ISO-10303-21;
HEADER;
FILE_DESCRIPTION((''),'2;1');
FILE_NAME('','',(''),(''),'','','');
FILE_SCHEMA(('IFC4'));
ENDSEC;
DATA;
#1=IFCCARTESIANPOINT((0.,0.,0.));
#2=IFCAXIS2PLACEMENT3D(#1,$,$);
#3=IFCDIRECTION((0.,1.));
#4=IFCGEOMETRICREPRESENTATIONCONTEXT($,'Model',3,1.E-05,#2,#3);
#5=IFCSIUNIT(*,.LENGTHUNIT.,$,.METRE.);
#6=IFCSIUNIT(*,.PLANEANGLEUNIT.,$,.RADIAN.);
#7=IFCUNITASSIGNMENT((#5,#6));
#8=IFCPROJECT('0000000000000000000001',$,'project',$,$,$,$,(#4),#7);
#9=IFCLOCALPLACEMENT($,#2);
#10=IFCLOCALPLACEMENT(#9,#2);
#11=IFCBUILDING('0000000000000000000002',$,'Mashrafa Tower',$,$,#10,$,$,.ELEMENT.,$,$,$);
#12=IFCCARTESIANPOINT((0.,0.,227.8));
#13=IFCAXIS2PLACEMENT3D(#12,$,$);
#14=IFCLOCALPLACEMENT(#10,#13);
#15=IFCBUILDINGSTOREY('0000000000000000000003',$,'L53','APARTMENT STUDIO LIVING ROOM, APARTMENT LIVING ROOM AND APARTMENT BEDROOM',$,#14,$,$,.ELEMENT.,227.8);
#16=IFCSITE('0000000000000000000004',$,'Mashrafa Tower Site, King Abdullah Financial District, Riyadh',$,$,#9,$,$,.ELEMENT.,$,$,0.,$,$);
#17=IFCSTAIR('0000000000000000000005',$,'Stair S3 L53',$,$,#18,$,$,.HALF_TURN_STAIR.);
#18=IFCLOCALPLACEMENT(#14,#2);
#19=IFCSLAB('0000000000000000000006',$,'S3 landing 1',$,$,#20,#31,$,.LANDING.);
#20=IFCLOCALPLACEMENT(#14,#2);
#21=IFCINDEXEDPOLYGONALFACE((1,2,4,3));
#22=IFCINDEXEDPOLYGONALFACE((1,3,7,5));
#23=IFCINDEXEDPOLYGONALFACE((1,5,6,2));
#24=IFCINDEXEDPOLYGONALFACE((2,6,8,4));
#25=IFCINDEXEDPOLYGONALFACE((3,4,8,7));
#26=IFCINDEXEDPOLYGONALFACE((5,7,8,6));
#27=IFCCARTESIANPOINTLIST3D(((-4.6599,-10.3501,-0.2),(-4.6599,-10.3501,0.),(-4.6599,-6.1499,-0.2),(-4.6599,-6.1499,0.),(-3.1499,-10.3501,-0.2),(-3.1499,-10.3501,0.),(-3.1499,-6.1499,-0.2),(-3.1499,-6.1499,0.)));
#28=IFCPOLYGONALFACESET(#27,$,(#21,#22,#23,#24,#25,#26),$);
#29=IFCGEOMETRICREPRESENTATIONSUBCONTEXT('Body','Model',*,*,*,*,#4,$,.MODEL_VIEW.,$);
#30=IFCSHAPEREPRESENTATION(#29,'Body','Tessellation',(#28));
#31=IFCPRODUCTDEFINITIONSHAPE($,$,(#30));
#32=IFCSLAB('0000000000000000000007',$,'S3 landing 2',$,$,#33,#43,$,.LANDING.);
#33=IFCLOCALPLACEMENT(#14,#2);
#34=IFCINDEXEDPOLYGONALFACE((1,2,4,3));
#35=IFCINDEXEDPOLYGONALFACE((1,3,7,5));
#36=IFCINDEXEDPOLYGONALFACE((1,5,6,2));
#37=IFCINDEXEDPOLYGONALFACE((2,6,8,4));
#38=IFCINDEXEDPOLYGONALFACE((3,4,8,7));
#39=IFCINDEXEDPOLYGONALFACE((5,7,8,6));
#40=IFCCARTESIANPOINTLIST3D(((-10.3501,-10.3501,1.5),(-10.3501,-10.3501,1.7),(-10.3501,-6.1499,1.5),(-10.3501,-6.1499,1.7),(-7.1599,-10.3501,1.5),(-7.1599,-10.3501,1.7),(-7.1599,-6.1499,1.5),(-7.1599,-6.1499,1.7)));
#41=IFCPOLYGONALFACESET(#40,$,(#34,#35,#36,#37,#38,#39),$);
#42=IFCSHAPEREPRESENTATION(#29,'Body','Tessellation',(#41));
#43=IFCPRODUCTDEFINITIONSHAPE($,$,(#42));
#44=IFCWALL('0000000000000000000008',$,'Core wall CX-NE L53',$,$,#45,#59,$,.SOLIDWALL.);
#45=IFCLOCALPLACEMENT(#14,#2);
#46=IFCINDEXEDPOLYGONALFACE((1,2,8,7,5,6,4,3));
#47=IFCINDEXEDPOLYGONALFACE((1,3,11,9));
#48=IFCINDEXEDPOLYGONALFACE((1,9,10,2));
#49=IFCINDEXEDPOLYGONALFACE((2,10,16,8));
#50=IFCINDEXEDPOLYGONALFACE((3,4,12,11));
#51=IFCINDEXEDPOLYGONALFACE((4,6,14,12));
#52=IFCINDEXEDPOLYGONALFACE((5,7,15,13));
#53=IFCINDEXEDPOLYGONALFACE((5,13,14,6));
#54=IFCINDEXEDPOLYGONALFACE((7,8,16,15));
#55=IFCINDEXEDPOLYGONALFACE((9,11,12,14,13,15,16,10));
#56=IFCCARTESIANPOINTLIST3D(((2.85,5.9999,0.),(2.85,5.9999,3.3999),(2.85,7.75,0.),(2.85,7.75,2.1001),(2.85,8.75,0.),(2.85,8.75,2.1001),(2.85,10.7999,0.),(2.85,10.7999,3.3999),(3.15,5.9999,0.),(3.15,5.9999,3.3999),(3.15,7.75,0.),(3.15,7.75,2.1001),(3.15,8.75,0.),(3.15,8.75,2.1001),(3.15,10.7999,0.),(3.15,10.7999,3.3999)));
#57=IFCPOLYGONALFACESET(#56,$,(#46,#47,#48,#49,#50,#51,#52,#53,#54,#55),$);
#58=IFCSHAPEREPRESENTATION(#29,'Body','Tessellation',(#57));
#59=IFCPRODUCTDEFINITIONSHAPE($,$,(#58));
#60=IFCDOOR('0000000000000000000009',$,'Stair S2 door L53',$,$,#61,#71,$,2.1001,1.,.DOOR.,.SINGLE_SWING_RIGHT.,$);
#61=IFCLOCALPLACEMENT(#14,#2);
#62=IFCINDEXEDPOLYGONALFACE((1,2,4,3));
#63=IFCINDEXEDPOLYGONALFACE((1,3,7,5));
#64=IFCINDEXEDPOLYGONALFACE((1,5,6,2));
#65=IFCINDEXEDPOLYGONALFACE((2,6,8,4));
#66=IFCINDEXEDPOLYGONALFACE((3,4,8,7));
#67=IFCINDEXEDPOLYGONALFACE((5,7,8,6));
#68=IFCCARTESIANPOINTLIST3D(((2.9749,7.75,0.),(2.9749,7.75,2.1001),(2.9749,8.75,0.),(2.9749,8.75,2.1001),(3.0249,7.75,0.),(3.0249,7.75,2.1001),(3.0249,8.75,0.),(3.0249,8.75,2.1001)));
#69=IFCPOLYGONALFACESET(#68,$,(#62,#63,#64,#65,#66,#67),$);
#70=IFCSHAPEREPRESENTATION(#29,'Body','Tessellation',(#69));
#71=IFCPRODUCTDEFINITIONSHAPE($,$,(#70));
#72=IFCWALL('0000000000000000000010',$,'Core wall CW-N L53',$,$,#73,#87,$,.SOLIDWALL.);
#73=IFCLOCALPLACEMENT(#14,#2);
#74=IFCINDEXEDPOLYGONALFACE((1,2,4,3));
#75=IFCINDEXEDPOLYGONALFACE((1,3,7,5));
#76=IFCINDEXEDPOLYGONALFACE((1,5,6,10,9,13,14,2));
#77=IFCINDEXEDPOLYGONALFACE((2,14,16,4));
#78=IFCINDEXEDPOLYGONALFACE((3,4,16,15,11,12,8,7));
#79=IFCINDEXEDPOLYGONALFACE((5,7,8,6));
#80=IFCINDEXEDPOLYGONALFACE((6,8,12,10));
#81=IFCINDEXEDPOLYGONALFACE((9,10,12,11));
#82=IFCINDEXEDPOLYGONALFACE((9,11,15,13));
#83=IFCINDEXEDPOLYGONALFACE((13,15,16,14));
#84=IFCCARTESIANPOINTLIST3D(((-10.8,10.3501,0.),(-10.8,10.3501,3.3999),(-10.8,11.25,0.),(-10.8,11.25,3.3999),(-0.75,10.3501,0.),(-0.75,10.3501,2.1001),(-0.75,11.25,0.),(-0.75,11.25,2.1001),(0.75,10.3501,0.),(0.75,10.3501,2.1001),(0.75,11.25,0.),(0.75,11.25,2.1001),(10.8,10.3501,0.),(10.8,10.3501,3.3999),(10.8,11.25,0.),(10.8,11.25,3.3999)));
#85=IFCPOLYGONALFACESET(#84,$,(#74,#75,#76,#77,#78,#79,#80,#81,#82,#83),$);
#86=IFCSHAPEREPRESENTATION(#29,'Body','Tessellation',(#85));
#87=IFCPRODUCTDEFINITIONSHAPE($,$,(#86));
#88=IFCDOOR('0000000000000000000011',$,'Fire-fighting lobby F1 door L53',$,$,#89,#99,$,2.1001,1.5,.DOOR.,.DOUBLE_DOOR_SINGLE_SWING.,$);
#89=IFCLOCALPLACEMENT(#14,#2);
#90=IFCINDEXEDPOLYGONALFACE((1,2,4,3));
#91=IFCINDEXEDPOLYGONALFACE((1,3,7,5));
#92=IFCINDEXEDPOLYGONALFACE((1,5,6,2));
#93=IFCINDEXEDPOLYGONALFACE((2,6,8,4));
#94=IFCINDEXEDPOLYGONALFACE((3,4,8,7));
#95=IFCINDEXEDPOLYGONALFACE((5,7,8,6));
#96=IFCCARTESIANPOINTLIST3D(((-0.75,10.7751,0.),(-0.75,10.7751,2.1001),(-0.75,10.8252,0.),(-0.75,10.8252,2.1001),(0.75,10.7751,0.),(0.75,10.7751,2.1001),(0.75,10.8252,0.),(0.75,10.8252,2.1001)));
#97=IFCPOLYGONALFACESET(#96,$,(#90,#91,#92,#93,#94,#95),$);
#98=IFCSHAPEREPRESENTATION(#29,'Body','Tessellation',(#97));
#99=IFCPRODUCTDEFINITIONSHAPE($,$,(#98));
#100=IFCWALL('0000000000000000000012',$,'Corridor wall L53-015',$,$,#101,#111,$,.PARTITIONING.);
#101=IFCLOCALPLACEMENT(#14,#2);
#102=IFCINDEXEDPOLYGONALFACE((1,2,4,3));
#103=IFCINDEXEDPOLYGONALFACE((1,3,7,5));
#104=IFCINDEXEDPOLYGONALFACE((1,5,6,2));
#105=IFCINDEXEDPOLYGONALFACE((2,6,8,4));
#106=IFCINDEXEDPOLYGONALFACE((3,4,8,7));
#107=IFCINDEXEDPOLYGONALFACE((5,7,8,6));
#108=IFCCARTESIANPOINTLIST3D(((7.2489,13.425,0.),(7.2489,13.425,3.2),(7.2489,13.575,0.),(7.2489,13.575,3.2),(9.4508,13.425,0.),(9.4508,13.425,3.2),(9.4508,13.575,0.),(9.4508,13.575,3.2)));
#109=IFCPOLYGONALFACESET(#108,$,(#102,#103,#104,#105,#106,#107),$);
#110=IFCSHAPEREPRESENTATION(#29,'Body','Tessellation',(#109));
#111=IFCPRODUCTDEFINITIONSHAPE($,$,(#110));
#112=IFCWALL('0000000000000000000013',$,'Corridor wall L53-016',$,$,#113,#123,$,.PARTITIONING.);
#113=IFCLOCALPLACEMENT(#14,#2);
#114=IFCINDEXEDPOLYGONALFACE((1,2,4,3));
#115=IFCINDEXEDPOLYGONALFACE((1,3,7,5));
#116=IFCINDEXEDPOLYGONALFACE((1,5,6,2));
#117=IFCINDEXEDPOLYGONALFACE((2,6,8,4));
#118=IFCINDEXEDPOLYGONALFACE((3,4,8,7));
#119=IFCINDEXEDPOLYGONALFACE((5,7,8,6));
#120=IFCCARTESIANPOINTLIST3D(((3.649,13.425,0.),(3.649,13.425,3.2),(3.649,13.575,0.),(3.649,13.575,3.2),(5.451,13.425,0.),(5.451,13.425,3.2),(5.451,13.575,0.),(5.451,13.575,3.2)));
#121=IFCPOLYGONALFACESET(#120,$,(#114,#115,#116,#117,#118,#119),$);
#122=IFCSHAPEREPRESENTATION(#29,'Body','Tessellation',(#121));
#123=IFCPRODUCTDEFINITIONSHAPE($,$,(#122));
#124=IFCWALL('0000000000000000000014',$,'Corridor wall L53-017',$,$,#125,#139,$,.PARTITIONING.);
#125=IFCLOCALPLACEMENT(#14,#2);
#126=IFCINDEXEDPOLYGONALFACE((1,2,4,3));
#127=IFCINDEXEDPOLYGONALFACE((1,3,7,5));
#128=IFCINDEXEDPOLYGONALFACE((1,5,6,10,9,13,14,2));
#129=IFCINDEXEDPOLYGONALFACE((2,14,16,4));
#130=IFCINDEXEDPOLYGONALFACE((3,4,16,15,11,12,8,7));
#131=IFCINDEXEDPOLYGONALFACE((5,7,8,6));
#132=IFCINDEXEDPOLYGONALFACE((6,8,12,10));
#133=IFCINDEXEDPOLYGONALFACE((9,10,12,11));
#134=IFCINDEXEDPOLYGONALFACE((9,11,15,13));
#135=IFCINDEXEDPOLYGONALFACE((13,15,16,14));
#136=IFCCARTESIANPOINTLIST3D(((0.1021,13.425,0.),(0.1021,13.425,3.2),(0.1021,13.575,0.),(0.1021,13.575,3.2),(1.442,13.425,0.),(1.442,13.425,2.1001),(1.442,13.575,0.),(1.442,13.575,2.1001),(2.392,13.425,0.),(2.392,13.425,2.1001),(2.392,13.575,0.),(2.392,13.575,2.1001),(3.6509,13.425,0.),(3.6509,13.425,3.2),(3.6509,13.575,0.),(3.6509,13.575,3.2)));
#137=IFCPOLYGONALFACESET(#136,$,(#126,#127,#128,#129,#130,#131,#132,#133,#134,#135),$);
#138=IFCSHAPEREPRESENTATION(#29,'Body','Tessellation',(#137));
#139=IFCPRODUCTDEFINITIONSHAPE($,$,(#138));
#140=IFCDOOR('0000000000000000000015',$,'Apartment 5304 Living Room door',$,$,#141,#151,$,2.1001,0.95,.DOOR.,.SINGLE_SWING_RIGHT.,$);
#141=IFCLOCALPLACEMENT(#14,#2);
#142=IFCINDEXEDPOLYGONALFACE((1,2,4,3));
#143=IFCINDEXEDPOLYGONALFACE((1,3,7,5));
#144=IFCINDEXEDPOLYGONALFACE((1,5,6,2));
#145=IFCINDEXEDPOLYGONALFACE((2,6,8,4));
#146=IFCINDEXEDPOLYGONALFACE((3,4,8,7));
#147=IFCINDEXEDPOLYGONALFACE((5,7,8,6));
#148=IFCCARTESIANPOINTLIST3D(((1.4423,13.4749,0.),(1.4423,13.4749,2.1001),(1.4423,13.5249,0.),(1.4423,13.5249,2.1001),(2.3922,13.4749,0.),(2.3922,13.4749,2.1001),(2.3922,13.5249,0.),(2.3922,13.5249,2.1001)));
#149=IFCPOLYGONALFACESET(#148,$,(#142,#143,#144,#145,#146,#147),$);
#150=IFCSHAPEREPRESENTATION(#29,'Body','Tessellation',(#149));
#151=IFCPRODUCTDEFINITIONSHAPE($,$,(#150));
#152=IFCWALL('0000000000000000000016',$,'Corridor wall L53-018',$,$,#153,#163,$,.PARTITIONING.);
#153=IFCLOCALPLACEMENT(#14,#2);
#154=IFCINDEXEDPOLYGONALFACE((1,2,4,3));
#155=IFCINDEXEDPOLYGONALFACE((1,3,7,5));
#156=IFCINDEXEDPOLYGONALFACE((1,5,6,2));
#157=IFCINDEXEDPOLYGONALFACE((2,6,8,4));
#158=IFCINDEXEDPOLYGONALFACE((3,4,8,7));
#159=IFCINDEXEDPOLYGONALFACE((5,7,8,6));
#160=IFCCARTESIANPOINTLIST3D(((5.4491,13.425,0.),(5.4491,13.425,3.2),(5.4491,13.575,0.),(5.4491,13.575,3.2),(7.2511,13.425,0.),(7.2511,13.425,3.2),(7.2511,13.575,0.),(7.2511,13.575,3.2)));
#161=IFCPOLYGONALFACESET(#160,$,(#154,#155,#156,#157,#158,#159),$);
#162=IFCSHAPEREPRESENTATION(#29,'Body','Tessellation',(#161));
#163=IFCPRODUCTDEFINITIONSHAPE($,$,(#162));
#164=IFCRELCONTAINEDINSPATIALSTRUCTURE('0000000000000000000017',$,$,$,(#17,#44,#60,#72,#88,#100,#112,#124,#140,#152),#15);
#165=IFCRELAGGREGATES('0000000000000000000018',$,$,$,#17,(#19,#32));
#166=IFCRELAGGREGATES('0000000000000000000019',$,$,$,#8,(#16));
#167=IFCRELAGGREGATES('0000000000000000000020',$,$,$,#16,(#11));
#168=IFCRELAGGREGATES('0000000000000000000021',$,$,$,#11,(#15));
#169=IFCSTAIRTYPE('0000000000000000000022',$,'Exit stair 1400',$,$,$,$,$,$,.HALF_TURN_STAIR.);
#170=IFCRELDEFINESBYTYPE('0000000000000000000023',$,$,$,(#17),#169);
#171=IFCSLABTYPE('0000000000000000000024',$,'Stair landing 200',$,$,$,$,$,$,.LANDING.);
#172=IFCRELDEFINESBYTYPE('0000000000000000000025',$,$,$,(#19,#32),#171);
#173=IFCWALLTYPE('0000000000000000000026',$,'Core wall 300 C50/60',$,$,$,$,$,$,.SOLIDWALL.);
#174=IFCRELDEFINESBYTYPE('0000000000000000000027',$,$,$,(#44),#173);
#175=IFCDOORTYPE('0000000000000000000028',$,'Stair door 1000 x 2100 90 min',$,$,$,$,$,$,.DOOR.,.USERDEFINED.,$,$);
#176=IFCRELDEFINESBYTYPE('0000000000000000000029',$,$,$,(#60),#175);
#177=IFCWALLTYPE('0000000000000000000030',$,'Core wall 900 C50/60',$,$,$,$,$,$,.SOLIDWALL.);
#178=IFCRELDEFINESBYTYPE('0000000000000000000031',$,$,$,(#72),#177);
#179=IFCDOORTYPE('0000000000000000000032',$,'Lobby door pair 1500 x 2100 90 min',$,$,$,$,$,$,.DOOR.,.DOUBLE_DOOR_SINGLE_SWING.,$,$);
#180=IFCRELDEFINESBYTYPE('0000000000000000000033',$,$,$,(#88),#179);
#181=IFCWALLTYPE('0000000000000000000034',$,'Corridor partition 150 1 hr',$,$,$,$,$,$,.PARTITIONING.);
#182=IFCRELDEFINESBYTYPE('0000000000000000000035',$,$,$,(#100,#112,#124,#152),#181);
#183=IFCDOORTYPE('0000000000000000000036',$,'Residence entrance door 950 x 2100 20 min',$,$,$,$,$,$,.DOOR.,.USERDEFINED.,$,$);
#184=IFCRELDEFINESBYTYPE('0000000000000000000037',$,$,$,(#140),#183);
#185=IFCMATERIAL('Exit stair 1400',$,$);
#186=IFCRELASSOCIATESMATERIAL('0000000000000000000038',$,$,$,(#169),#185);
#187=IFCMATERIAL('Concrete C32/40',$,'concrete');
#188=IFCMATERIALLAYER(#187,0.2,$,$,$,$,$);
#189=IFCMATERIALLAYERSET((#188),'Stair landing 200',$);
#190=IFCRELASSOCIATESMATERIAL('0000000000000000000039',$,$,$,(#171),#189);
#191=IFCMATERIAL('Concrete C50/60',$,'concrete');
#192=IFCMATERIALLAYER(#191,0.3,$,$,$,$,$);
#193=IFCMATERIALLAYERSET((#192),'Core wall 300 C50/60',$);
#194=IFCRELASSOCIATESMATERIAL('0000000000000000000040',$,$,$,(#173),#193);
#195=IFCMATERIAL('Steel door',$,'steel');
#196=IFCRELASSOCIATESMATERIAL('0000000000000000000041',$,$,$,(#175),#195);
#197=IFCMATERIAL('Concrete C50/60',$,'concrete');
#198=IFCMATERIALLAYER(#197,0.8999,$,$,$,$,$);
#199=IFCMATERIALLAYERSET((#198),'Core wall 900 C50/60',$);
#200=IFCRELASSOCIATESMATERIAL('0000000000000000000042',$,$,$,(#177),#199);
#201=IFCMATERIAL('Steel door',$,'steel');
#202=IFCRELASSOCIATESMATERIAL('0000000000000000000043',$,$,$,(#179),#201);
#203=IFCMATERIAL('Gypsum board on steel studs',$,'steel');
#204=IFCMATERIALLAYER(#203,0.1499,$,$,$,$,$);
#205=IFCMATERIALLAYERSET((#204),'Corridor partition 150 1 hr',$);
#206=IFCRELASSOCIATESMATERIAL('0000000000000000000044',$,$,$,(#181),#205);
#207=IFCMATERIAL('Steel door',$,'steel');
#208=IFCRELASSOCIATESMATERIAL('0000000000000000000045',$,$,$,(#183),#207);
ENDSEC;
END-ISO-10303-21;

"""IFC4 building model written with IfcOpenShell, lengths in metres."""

from ifc_helpers import new_model, si_unit, direction, frame, frame_2d, origin, place, context, subcontext, project, spatial, polyline, rectangle, outline, extrude, material, layer, layer_set, type_object, element, fill, aggregate, save


model = new_model("IFC4")

# Units and contexts
model_context = context("Model", 3, precision=1e-05, world=origin(), true_north=direction((0.0, 1.0)))
body_context = subcontext(model_context, "Body", "Model", "MODEL_VIEW")
ifc_project = project(units=[si_unit("LENGTHUNIT", "METRE"), si_unit("PLANEANGLEUNIT", "RADIAN")], contexts=[model_context])

# Site, building, storey
site_placement = place(None, origin())
site = spatial("IfcSite", under=ifc_project, at=site_placement, Name="Mashrafa Tower Site, King Abdullah Financial District, Riyadh", CompositionType="ELEMENT", RefElevation=0.0)
building_placement = place(site_placement, origin())
building = spatial("IfcBuilding", under=site, at=building_placement, Name="Mashrafa Tower", CompositionType="ELEMENT")
storey_placement = place(building_placement, frame((0.0, 0.0, 227.8)))
storey = spatial("IfcBuildingStorey", under=building, at=storey_placement, Name="L53", Description="APARTMENT STUDIO LIVING ROOM, APARTMENT LIVING ROOM AND APARTMENT BEDROOM", CompositionType="ELEMENT", Elevation=227.8)

# Stair, slabs
ifc_material_1 = material(Name="Exit stair 1400")
stair_type = type_object("IfcStairType", Name="Exit stair 1400", PredefinedType="HALF_TURN_STAIR", material=ifc_material_1)
ifc_material_2 = material(Name="Concrete C32/40", Category="concrete")
ifc_layer_1 = layer(ifc_material_2, 0.2)
ifc_layer_set_1 = layer_set([ifc_layer_1], Name="Stair landing 200")
slab_type = type_object("IfcSlabType", Name="Stair landing 200", PredefinedType="LANDING", material=ifc_layer_set_1)
stair_1_placement = place(storey_placement, origin())
stair_1 = element("IfcStair", 1, at=stair_1_placement, inside=storey, type_object=stair_type, Name="Stair S3 L53", PredefinedType="HALF_TURN_STAIR")
slab_1_placement = place(storey_placement, frame((0.0, 0.0, -0.2)))
slab_1 = element("IfcSlab", 2, at=slab_1_placement, type_object=slab_type, Name="S3 landing 1", PredefinedType="LANDING", context=body_context, shape_type="SweptSolid", body=[
    extrude(outline(polyline([(-4.6599, -10.3501), (-3.1499, -10.3501), (-3.1499, -6.1499), (-4.6599, -6.1499), (-4.6599, -10.3501)])), origin(), (0.0, 0.0, 1.0), 0.2),
])
slab_2_placement = place(storey_placement, frame((0.0, 0.0, 1.5)))
slab_2 = element("IfcSlab", 3, at=slab_2_placement, type_object=slab_type, Name="S3 landing 2", PredefinedType="LANDING", context=body_context, shape_type="SweptSolid", body=[
    extrude(outline(polyline([(-10.3501, -10.3501), (-7.1599, -10.3501), (-7.1599, -6.1499), (-10.3501, -6.1499), (-10.3501, -10.3501)])), origin(), (0.0, 0.0, 1.0), 0.2),
])
aggregate(stair_1, [slab_1, slab_2])

# Walls, openings, doors
ifc_material_3 = material(Name="Concrete C50/60", Category="concrete")
ifc_layer_2 = layer(ifc_material_3, 0.3)
ifc_layer_set_2 = layer_set([ifc_layer_2], Name="Core wall 300 C50/60")
wall_type_1 = type_object("IfcWallType", Name="Core wall 300 C50/60", PredefinedType="SOLIDWALL", material=ifc_layer_set_2)
wall_1_placement = place(storey_placement, frame((3.0, 6.0, 0.0), z_axis=(0.0, 0.0, 1.0), x_axis=(0.0, 1.0, 0.0)))
wall_1 = element("IfcWall", 4, at=wall_1_placement, inside=storey, type_object=wall_type_1, Name="Core wall CX-NE L53", PredefinedType="SOLIDWALL", context=body_context, shape_type="SweptSolid", body=[
    extrude(rectangle(XDim=4.8, YDim=0.3, at=frame_2d((2.3999, 0.0))), origin(), (0.0, 0.0, 1.0), 3.3999),
])
opening_1_placement = place(wall_1_placement, frame((1.75, 0.0, 0.0)))
opening_1 = element("IfcOpeningElement", 5, at=opening_1_placement, cuts=wall_1, PredefinedType="OPENING", context=body_context, shape_type="SweptSolid", body=[
    extrude(rectangle(XDim=1.0, YDim=2.1001, at=frame_2d((0.5, 1.05))), frame((0.0, 0.1599, 0.0), z_axis=(0.0, -1.0, 0.0), x_axis=(1.0, 0.0, 0.0)), (0.0, 0.0, 1.0), 0.3201),
])
ifc_material_4 = material(Name="Steel door", Category="steel")
door_type_1 = type_object("IfcDoorType", Name="Stair door 1000 x 2100 90 min", OperationType="USERDEFINED", PredefinedType="DOOR", material=ifc_material_4)
door_1_placement = place(opening_1_placement, frame((1.0, 0.0, 0.0), z_axis=(0.0, 0.0, 1.0), x_axis=(-1.0, 0.0, 0.0)))
door_1 = element("IfcDoor", 6, at=door_1_placement, inside=storey, type_object=door_type_1, Name="Stair S2 door L53", OperationType="SINGLE_SWING_RIGHT", OverallHeight=2.1001, OverallWidth=1.0, PredefinedType="DOOR", context=body_context, shape_type="SweptSolid", body=[
    extrude(rectangle(XDim=1.0, YDim=2.1001, at=frame_2d((0.5, 1.05))), frame((0.0, 0.0249, 0.0), z_axis=(0.0, -1.0, 0.0), x_axis=(1.0, 0.0, 0.0)), (0.0, 0.0, 1.0), 0.05),
])
fill(opening_1, door_1)
ifc_material_5 = material(Name="Concrete C50/60", Category="concrete")
ifc_layer_3 = layer(ifc_material_5, 0.8999)
ifc_layer_set_3 = layer_set([ifc_layer_3], Name="Core wall 900 C50/60")
wall_type_2 = type_object("IfcWallType", Name="Core wall 900 C50/60", PredefinedType="SOLIDWALL", material=ifc_layer_set_3)
wall_2_placement = place(storey_placement, frame((10.8, 10.8, 0.0), z_axis=(0.0, 0.0, 1.0), x_axis=(-1.0, 0.0, 0.0)))
wall_2 = element("IfcWall", 7, at=wall_2_placement, inside=storey, type_object=wall_type_2, Name="Core wall CW-N L53", PredefinedType="SOLIDWALL", context=body_context, shape_type="SweptSolid", body=[
    extrude(rectangle(XDim=21.6001, YDim=0.8999, at=frame_2d((10.8, 0.0))), origin(), (0.0, 0.0, 1.0), 3.3999),
])
opening_2_placement = place(wall_2_placement, frame((10.05, 0.0, 0.0)))
opening_2 = element("IfcOpeningElement", 8, at=opening_2_placement, cuts=wall_2, PredefinedType="OPENING", context=body_context, shape_type="SweptSolid", body=[
    extrude(rectangle(XDim=1.5, YDim=2.1001, at=frame_2d((0.75, 1.05))), frame((0.0, 0.46, 0.0), z_axis=(0.0, -1.0, 0.0), x_axis=(1.0, 0.0, 0.0)), (0.0, 0.0, 1.0), 0.9199),
])
ifc_material_6 = material(Name="Steel door", Category="steel")
door_type_2 = type_object("IfcDoorType", Name="Lobby door pair 1500 x 2100 90 min", OperationType="DOUBLE_DOOR_SINGLE_SWING", PredefinedType="DOOR", material=ifc_material_6)
door_2_placement = place(opening_2_placement, origin())
door_2 = element("IfcDoor", 9, at=door_2_placement, inside=storey, type_object=door_type_2, Name="Fire-fighting lobby F1 door L53", OperationType="DOUBLE_DOOR_SINGLE_SWING", OverallHeight=2.1001, OverallWidth=1.5, PredefinedType="DOOR", context=body_context, shape_type="SweptSolid", body=[
    extrude(rectangle(XDim=1.5, YDim=2.1001, at=frame_2d((0.75, 1.05))), frame((0.0, 0.0249, 0.0), z_axis=(0.0, -1.0, 0.0), x_axis=(1.0, 0.0, 0.0)), (0.0, 0.0, 1.0), 0.05),
])
fill(opening_2, door_2)

# Walls
ifc_material_7 = material(Name="Gypsum board on steel studs", Category="steel")
ifc_layer_4 = layer(ifc_material_7, 0.1499)
ifc_layer_set_4 = layer_set([ifc_layer_4], Name="Corridor partition 150 1 hr")
wall_type_3 = type_object("IfcWallType", Name="Corridor partition 150 1 hr", PredefinedType="PARTITIONING", material=ifc_layer_set_4)
wall_3_placement = place(storey_placement, frame((9.4509, 13.5, 0.0), z_axis=(0.0, 0.0, 1.0), x_axis=(-1.0, 0.0, 0.0)))
element("IfcWall", 10, at=wall_3_placement, inside=storey, type_object=wall_type_3, Name="Corridor wall L53-015", PredefinedType="PARTITIONING", context=body_context, shape_type="SweptSolid", body=[
    extrude(rectangle(XDim=2.2019, YDim=0.1499, at=frame_2d((1.1011, 0.0))), origin(), (0.0, 0.0, 1.0), 3.2),
])
wall_4_placement = place(storey_placement, frame((5.4509, 13.5, 0.0), z_axis=(0.0, 0.0, 1.0), x_axis=(-1.0, 0.0, 0.0)))
element("IfcWall", 11, at=wall_4_placement, inside=storey, type_object=wall_type_3, Name="Corridor wall L53-016", PredefinedType="PARTITIONING", context=body_context, shape_type="SweptSolid", body=[
    extrude(rectangle(XDim=1.802, YDim=0.1499, at=frame_2d((0.9009, 0.0))), origin(), (0.0, 0.0, 1.0), 3.2),
])

# Wall, opening, door
wall_5_placement = place(storey_placement, frame((3.6509, 13.5, 0.0), z_axis=(0.0, 0.0, 1.0), x_axis=(-1.0, 0.0, 0.0)))
wall_5 = element("IfcWall", 12, at=wall_5_placement, inside=storey, type_object=wall_type_3, Name="Corridor wall L53-017", PredefinedType="PARTITIONING", context=body_context, shape_type="SweptSolid", body=[
    extrude(rectangle(XDim=3.5488, YDim=0.1499, at=frame_2d((1.7744, 0.0))), origin(), (0.0, 0.0, 1.0), 3.2),
])
opening_3_placement = place(wall_5_placement, frame((1.2588, 0.0, 0.0)))
opening_3 = element("IfcOpeningElement", 13, at=opening_3_placement, cuts=wall_5, PredefinedType="OPENING", context=body_context, shape_type="SweptSolid", body=[
    extrude(rectangle(XDim=0.95, YDim=2.1001, at=frame_2d((0.4751, 1.05))), frame((0.0, 0.085, 0.0), z_axis=(0.0, -1.0, 0.0), x_axis=(1.0, 0.0, 0.0)), (0.0, 0.0, 1.0), 0.1699),
])
ifc_material_8 = material(Name="Steel door", Category="steel")
door_type_3 = type_object("IfcDoorType", Name="Residence entrance door 950 x 2100 20 min", OperationType="USERDEFINED", PredefinedType="DOOR", material=ifc_material_8)
door_3_placement = place(opening_3_placement, frame((0.95, 0.0, 0.0), z_axis=(0.0, 0.0, 1.0), x_axis=(-1.0, 0.0, 0.0)))
door_3 = element("IfcDoor", 14, at=door_3_placement, inside=storey, type_object=door_type_3, Name="Apartment 5304 Living Room door", OperationType="SINGLE_SWING_RIGHT", OverallHeight=2.1001, OverallWidth=0.95, PredefinedType="DOOR", context=body_context, shape_type="SweptSolid", body=[
    extrude(rectangle(XDim=0.95, YDim=2.1001, at=frame_2d((0.4751, 1.05))), frame((0.0, 0.0249, 0.0), z_axis=(0.0, -1.0, 0.0), x_axis=(1.0, 0.0, 0.0)), (0.0, 0.0, 1.0), 0.05),
])
fill(opening_3, door_3)

# Wall
wall_6_placement = place(storey_placement, frame((7.251, 13.5, 0.0), z_axis=(0.0, 0.0, 1.0), x_axis=(-1.0, 0.0, 0.0)))
element("IfcWall", 15, at=wall_6_placement, inside=storey, type_object=wall_type_3, Name="Corridor wall L53-018", PredefinedType="PARTITIONING", context=body_context, shape_type="SweptSolid", body=[
    extrude(rectangle(XDim=1.802, YDim=0.1499, at=frame_2d((0.9009, 0.0))), origin(), (0.0, 0.0, 1.0), 3.2),
])

save(model, "model.ifc")
